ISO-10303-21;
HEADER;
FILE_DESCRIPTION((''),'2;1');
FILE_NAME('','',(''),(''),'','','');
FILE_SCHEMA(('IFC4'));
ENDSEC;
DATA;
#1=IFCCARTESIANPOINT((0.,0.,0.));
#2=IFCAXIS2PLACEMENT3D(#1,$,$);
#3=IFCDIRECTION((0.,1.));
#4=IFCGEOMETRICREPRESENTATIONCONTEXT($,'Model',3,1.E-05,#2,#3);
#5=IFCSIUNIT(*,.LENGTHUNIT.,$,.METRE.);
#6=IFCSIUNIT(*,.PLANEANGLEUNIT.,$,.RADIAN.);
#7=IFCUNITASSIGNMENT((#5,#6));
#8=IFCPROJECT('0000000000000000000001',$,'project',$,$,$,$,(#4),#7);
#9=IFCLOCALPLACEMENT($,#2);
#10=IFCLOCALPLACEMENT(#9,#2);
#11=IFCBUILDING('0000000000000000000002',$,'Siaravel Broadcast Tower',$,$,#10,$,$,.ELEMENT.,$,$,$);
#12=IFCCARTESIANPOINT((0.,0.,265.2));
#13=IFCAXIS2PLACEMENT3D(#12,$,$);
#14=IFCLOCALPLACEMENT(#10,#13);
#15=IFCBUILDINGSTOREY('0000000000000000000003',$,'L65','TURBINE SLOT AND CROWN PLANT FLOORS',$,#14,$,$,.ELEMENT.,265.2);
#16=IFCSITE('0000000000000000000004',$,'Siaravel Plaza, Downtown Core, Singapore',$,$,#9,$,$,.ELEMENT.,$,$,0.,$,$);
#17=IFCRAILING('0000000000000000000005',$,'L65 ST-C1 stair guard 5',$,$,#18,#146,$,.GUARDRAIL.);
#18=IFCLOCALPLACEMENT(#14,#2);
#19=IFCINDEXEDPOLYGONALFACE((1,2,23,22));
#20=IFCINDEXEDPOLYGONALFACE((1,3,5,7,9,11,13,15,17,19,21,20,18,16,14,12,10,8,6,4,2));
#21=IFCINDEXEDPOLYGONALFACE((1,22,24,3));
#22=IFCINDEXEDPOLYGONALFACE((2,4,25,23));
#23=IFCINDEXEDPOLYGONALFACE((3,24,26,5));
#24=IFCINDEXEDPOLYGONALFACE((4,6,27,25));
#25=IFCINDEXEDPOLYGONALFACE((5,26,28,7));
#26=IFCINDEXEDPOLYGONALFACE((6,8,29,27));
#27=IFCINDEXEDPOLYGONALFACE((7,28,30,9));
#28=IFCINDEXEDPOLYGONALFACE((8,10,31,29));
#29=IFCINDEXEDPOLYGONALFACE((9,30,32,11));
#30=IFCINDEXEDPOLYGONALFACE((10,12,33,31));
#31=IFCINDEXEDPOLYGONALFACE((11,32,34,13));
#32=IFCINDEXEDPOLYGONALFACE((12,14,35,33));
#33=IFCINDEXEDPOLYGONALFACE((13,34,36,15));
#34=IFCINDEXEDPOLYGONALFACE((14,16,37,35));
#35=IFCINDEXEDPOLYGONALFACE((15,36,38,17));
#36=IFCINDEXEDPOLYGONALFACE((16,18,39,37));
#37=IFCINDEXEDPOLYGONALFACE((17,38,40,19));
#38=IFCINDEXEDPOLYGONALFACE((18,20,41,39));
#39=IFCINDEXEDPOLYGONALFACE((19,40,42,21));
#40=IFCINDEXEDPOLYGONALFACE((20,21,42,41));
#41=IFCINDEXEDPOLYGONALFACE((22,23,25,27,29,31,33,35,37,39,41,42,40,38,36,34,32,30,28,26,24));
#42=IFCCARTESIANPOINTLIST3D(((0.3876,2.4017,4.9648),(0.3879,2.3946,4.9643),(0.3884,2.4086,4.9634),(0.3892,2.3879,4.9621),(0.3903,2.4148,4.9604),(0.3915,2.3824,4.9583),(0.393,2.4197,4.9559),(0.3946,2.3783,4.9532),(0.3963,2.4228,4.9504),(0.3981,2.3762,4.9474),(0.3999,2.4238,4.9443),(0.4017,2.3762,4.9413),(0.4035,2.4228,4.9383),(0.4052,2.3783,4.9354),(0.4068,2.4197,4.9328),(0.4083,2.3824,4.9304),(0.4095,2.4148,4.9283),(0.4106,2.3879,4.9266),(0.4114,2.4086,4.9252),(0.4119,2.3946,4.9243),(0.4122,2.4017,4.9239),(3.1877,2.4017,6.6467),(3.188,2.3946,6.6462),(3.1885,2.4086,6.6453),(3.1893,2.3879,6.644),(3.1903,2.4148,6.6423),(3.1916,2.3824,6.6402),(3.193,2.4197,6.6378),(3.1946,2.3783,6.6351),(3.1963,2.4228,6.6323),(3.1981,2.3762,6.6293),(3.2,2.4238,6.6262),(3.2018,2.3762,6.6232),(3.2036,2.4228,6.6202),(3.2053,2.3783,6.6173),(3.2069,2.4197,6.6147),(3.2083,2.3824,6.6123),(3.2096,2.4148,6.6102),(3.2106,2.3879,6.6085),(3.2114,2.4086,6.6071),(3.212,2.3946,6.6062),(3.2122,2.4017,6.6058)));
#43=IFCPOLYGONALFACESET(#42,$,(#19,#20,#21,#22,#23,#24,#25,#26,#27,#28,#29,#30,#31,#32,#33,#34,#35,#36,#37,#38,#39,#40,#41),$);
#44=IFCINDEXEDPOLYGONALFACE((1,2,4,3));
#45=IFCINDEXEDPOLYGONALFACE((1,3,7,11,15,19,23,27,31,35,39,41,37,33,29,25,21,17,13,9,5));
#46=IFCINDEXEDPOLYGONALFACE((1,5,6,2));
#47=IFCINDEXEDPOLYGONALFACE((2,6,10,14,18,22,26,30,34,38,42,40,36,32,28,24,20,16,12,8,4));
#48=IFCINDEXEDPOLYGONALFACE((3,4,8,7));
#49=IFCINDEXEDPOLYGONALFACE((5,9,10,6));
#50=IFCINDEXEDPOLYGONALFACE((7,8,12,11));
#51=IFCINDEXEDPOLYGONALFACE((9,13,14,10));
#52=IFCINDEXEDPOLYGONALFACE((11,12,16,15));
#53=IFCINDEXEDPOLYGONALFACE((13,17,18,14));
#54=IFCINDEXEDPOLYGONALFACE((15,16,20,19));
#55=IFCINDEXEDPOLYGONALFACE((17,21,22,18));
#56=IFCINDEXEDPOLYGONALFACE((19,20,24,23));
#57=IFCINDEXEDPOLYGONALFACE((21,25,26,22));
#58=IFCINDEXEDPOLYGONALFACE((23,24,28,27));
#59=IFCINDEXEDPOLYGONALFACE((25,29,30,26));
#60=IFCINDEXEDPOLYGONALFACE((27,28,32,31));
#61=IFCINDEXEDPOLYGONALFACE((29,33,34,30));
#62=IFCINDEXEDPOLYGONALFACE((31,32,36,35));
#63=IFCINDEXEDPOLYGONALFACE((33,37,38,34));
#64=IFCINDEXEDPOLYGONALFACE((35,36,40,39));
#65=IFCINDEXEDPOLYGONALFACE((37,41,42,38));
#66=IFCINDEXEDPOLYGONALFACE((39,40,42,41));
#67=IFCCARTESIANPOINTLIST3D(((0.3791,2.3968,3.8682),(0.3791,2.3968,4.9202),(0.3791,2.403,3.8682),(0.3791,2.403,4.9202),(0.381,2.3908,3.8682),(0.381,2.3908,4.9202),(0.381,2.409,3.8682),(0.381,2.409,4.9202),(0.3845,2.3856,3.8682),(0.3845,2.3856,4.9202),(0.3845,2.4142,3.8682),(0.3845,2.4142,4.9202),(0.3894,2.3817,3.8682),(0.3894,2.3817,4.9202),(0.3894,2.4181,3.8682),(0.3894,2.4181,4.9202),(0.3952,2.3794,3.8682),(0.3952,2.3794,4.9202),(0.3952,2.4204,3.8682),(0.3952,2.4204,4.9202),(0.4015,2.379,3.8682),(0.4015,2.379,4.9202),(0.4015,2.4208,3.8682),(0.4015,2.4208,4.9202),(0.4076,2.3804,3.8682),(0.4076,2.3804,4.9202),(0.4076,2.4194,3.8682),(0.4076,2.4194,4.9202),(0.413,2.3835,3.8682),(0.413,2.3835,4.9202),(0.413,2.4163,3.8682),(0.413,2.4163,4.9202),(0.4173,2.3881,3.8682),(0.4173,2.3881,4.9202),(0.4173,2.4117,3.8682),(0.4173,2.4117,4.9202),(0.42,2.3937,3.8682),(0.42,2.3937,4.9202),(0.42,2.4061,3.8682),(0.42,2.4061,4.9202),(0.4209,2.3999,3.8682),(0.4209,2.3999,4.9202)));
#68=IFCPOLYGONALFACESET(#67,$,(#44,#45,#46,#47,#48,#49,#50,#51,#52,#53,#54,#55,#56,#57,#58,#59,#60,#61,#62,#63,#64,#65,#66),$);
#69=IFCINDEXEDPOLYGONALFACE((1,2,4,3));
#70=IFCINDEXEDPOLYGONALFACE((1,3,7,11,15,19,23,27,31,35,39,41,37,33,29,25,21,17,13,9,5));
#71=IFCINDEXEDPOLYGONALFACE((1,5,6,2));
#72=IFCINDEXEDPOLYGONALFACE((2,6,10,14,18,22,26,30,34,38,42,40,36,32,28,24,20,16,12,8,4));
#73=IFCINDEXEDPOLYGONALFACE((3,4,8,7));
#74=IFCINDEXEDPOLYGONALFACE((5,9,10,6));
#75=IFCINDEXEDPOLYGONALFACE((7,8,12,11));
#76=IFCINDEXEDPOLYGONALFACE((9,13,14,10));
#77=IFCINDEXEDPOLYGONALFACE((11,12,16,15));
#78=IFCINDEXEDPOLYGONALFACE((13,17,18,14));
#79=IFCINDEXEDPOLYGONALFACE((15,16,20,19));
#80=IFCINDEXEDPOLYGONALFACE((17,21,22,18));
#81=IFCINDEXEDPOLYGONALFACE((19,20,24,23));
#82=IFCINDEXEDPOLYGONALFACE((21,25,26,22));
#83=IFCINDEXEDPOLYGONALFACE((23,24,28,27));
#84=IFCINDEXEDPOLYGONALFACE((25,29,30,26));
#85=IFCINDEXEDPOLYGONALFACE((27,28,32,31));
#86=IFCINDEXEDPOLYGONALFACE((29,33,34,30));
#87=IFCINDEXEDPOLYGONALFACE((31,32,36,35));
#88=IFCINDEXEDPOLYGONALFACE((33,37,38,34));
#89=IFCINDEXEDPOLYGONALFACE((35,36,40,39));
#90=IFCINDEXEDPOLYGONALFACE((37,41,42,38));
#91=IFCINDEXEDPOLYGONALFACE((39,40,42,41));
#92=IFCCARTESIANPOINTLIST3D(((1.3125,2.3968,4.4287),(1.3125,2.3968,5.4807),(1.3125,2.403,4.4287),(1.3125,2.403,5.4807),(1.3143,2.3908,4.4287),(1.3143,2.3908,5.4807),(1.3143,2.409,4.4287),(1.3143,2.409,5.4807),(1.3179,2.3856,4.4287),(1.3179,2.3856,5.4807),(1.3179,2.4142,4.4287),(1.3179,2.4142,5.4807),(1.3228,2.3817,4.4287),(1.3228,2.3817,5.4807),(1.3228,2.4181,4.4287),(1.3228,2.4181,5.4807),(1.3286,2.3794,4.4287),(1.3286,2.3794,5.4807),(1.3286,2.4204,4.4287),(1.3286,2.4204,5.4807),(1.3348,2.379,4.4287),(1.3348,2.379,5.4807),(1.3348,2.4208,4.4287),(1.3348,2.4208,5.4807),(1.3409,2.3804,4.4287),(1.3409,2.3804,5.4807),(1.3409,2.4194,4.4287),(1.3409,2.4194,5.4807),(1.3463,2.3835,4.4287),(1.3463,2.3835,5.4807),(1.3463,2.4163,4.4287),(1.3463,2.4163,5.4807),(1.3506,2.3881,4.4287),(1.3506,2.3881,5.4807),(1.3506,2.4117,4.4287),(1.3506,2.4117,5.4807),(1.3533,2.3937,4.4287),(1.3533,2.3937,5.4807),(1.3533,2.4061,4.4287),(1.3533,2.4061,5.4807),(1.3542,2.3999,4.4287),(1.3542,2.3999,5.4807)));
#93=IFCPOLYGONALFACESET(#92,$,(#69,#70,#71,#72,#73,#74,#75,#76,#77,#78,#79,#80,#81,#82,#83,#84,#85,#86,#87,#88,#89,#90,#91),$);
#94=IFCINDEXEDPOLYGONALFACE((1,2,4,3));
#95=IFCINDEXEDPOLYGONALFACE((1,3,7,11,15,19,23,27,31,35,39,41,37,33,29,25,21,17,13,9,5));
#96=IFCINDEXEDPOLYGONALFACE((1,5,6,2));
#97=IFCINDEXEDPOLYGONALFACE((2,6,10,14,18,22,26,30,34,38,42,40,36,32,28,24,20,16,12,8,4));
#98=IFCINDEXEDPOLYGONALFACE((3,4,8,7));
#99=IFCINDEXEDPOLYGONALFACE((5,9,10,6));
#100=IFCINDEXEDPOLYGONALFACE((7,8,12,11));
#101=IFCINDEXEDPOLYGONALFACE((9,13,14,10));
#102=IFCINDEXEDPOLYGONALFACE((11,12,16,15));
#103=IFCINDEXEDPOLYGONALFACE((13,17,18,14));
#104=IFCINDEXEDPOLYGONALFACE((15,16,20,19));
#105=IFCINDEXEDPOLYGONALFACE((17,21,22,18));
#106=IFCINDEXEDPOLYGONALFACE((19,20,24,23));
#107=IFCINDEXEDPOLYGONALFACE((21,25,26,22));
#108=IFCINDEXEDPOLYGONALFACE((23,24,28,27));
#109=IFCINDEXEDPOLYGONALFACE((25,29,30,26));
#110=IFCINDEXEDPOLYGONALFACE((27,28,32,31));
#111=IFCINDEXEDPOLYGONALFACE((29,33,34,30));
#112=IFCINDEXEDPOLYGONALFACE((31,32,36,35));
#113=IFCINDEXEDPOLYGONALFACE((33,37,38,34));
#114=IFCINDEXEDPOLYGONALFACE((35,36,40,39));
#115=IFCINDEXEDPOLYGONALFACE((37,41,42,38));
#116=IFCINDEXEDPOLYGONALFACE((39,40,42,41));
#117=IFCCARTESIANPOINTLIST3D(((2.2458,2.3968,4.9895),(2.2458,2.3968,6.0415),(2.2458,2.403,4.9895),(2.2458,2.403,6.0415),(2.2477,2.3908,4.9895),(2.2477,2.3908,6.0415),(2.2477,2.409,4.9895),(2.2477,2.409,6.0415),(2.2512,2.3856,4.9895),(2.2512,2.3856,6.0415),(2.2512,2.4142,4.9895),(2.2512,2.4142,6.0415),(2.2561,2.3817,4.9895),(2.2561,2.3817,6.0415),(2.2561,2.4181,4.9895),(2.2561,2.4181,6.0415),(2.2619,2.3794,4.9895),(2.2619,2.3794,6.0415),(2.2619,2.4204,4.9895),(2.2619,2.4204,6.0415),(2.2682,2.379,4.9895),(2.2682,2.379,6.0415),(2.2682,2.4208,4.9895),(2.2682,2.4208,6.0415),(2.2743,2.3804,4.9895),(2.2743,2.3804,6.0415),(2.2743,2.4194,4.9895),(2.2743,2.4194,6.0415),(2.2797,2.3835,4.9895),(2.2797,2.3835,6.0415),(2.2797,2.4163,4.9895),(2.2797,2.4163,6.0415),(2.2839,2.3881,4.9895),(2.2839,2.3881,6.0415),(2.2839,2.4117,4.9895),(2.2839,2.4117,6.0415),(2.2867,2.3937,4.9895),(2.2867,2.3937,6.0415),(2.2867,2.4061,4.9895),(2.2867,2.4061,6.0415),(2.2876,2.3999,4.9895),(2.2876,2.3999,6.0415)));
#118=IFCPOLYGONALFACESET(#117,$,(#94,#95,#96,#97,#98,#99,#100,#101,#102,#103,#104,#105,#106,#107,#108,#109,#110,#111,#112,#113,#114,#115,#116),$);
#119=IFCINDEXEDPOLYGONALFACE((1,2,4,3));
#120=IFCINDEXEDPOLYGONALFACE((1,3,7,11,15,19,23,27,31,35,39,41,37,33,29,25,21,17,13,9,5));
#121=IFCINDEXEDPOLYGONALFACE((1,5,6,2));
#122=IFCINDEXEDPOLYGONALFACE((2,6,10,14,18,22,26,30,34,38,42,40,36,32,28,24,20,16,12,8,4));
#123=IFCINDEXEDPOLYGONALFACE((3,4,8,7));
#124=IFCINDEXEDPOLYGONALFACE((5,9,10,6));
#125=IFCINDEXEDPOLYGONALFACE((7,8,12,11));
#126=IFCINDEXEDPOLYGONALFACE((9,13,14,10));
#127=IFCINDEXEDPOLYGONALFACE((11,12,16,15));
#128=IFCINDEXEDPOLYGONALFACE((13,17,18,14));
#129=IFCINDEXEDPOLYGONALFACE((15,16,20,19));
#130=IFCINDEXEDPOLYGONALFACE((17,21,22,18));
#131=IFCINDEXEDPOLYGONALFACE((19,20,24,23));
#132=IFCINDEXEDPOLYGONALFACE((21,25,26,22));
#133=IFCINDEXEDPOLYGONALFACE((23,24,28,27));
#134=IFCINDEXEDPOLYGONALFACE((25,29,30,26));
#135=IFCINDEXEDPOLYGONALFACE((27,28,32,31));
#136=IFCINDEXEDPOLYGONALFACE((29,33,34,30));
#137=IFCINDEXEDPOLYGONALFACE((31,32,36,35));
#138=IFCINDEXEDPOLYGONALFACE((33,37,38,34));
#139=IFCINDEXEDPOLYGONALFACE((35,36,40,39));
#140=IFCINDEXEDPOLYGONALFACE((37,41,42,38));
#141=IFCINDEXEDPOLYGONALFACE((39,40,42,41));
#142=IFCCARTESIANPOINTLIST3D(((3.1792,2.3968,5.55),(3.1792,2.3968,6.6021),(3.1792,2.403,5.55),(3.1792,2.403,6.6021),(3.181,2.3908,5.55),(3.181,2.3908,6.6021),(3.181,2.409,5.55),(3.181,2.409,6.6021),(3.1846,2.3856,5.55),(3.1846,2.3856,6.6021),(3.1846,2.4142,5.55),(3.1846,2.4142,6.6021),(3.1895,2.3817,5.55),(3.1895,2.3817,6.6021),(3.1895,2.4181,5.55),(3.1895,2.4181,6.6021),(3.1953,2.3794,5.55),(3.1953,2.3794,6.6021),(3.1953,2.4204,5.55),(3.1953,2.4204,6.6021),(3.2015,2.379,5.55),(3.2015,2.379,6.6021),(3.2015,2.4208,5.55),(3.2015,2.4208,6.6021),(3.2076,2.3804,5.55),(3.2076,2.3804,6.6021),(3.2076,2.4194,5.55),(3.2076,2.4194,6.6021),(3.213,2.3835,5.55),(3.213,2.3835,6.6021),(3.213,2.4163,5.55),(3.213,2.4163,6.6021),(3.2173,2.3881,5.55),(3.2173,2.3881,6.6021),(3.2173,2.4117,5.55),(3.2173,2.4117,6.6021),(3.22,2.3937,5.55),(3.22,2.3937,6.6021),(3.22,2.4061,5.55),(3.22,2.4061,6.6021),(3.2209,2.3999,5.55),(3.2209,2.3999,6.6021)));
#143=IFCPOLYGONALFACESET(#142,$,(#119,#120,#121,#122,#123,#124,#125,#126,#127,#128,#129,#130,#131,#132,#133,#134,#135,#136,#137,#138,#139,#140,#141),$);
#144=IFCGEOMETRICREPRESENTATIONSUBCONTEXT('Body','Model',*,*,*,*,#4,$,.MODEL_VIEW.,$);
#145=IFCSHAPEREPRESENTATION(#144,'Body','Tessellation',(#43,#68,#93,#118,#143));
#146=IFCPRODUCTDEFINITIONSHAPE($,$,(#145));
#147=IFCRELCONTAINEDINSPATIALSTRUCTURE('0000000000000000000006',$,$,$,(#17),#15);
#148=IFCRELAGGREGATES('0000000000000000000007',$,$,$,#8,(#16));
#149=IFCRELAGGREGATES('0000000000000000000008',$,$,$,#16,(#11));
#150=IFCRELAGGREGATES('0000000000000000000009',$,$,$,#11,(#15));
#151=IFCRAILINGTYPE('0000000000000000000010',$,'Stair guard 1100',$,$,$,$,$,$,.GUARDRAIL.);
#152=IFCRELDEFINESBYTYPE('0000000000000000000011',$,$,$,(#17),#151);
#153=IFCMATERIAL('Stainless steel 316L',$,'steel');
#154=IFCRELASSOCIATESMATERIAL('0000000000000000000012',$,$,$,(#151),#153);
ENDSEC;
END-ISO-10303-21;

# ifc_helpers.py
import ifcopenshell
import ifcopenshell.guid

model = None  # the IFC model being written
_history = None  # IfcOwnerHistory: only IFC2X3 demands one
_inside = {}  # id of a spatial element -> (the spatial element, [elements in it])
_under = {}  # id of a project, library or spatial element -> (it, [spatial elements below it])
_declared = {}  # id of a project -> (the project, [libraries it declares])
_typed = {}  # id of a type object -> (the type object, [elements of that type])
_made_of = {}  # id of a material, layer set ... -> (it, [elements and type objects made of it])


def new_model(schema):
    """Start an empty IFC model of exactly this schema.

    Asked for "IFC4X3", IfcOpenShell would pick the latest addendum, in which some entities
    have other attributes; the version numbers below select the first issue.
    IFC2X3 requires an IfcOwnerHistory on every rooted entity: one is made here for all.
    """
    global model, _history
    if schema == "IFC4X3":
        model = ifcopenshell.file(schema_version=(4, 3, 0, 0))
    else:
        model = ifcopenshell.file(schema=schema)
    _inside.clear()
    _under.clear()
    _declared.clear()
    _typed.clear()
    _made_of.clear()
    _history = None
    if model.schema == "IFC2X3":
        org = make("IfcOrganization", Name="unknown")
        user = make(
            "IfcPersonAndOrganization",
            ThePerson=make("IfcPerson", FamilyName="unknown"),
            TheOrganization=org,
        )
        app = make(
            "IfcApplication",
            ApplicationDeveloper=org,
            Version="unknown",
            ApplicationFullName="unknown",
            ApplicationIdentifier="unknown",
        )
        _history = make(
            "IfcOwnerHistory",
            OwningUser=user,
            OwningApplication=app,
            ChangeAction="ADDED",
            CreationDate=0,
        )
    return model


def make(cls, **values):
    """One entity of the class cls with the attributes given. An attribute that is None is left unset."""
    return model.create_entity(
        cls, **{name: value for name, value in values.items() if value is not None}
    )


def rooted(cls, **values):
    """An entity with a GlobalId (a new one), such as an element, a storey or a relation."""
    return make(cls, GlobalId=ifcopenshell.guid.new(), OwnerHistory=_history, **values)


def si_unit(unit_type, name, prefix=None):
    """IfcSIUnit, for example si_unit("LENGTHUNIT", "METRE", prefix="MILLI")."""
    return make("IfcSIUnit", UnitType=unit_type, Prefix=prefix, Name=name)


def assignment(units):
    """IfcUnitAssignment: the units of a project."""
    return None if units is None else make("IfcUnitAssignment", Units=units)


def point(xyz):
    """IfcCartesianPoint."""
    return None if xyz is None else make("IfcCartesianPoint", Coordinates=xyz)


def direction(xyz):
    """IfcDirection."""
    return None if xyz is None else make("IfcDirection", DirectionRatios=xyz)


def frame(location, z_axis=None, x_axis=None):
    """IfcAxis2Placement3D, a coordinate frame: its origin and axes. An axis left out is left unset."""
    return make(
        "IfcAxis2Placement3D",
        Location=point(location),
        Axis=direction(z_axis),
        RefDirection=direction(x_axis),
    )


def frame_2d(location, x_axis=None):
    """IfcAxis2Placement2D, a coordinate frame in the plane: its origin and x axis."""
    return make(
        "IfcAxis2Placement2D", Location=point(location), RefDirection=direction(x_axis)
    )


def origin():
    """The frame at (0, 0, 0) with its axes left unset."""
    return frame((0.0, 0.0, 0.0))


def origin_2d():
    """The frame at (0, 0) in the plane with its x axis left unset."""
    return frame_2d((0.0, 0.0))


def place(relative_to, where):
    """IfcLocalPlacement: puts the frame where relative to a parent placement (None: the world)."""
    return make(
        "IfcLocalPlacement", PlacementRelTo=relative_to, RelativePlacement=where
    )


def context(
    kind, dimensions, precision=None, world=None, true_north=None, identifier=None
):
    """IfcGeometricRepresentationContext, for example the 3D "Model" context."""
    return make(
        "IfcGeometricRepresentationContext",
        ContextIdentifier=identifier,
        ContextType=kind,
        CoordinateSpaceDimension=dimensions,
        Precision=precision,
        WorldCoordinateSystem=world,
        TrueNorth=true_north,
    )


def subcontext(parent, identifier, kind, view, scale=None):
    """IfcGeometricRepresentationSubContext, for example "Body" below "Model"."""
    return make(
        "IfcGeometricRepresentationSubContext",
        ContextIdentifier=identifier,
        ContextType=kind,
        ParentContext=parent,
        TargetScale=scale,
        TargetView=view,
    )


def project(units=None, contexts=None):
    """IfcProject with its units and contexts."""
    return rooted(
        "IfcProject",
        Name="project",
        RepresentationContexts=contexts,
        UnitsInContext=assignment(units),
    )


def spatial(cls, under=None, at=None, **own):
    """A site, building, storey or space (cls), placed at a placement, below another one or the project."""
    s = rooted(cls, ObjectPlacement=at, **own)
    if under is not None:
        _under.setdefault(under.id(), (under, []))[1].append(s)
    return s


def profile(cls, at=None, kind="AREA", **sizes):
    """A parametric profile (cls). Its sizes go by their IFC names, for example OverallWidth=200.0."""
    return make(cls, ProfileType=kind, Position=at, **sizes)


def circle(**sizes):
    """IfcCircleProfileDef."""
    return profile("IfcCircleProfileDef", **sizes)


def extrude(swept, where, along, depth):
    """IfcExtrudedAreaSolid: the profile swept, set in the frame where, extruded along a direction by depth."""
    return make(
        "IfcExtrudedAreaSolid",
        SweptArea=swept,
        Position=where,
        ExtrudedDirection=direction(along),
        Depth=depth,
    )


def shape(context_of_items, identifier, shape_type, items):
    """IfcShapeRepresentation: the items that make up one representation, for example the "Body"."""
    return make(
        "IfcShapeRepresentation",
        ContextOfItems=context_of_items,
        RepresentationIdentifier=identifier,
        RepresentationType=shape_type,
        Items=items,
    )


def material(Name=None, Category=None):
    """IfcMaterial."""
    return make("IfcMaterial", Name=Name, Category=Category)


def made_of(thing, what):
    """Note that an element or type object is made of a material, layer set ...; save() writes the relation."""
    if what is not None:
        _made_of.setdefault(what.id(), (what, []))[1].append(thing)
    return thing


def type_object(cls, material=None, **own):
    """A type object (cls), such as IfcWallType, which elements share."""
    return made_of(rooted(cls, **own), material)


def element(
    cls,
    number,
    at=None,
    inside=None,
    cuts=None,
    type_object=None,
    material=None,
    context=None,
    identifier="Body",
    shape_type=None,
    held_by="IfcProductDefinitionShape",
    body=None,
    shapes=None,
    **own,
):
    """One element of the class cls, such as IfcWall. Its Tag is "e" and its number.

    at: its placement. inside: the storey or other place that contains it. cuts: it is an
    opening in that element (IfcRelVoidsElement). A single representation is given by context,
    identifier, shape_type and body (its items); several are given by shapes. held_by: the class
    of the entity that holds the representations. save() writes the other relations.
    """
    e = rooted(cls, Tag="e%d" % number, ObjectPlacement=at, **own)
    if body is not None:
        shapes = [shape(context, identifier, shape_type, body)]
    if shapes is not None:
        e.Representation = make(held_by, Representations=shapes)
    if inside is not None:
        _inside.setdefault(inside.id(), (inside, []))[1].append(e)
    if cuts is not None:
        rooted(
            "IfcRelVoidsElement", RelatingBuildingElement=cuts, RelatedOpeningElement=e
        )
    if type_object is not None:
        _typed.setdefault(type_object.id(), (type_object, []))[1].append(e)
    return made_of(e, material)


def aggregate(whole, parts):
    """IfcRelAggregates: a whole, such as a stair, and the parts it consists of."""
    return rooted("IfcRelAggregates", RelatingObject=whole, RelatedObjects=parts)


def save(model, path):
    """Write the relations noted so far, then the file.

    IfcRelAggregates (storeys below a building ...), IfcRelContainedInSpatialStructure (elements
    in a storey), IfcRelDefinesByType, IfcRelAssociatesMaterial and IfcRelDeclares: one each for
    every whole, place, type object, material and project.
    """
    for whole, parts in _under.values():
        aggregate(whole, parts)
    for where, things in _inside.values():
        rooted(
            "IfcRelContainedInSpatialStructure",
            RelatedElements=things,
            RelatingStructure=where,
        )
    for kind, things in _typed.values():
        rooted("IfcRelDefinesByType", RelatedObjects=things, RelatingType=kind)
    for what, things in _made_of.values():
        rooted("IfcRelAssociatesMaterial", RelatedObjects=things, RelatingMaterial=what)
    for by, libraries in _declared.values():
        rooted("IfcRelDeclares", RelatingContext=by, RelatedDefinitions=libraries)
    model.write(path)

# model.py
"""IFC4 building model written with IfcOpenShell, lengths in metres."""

from ifc_helpers import new_model, si_unit, direction, frame, origin, origin_2d, place, context, subcontext, project, spatial, circle, extrude, material, type_object, element, save


model = new_model("IFC4")

# Units and contexts
model_context = context("Model", 3, precision=1e-05, world=origin(), true_north=direction((0.0, 1.0)))
body_context = subcontext(model_context, "Body", "Model", "MODEL_VIEW")
ifc_project = project(units=[si_unit("LENGTHUNIT", "METRE"), si_unit("PLANEANGLEUNIT", "RADIAN")], contexts=[model_context])

# Site, building, storey
site_placement = place(None, origin())
site = spatial("IfcSite", under=ifc_project, at=site_placement, Name="Siaravel Plaza, Downtown Core, Singapore", CompositionType="ELEMENT", RefElevation=0.0)
building_placement = place(site_placement, origin())
building = spatial("IfcBuilding", under=site, at=building_placement, Name="Siaravel Broadcast Tower", CompositionType="ELEMENT")
storey_placement = place(building_placement, frame((0.0, 0.0, 265.2)))
storey = spatial("IfcBuildingStorey", under=building, at=storey_placement, Name="L65", Description="TURBINE SLOT AND CROWN PLANT FLOORS", CompositionType="ELEMENT", Elevation=265.2)

# Railing
ifc_material_1 = material(Name="Stainless steel 316L", Category="steel")
railing_type_1 = type_object("IfcRailingType", Name="Stair guard 1100", PredefinedType="GUARDRAIL", material=ifc_material_1)
railing_1_placement = place(storey_placement, frame((0.3999, 2.3999, 3.8682)))
element("IfcRailing", 1, at=railing_1_placement, inside=storey, type_object=railing_type_1, Name="L65 ST-C1 stair guard 5", PredefinedType="GUARDRAIL", context=body_context, shape_type="SweptSolid", body=[
    extrude(circle(Radius=0.0239, at=origin_2d()), frame((0.0, 0.0, 1.0762), z_axis=(0.857242, 0.0, 0.514913), x_axis=(0.0, 1.0, 0.0)), (0.0, 0.0, 1.0), 3.2664),
    extrude(circle(Radius=0.021, at=origin_2d()), origin(), (0.0, 0.0, 1.0), 1.052),
    extrude(circle(Radius=0.021, at=origin_2d()), frame((0.9333, 0.0, 0.5605)), (0.0, 0.0, 1.0), 1.052),
    extrude(circle(Radius=0.021, at=origin_2d()), frame((1.8667, 0.0, 1.1213)), (0.0, 0.0, 1.0), 1.052),
    extrude(circle(Radius=0.021, at=origin_2d()), frame((2.8, 0.0, 1.6819)), (0.0, 0.0, 1.0), 1.052),
])

save(model, "model.ifc")
